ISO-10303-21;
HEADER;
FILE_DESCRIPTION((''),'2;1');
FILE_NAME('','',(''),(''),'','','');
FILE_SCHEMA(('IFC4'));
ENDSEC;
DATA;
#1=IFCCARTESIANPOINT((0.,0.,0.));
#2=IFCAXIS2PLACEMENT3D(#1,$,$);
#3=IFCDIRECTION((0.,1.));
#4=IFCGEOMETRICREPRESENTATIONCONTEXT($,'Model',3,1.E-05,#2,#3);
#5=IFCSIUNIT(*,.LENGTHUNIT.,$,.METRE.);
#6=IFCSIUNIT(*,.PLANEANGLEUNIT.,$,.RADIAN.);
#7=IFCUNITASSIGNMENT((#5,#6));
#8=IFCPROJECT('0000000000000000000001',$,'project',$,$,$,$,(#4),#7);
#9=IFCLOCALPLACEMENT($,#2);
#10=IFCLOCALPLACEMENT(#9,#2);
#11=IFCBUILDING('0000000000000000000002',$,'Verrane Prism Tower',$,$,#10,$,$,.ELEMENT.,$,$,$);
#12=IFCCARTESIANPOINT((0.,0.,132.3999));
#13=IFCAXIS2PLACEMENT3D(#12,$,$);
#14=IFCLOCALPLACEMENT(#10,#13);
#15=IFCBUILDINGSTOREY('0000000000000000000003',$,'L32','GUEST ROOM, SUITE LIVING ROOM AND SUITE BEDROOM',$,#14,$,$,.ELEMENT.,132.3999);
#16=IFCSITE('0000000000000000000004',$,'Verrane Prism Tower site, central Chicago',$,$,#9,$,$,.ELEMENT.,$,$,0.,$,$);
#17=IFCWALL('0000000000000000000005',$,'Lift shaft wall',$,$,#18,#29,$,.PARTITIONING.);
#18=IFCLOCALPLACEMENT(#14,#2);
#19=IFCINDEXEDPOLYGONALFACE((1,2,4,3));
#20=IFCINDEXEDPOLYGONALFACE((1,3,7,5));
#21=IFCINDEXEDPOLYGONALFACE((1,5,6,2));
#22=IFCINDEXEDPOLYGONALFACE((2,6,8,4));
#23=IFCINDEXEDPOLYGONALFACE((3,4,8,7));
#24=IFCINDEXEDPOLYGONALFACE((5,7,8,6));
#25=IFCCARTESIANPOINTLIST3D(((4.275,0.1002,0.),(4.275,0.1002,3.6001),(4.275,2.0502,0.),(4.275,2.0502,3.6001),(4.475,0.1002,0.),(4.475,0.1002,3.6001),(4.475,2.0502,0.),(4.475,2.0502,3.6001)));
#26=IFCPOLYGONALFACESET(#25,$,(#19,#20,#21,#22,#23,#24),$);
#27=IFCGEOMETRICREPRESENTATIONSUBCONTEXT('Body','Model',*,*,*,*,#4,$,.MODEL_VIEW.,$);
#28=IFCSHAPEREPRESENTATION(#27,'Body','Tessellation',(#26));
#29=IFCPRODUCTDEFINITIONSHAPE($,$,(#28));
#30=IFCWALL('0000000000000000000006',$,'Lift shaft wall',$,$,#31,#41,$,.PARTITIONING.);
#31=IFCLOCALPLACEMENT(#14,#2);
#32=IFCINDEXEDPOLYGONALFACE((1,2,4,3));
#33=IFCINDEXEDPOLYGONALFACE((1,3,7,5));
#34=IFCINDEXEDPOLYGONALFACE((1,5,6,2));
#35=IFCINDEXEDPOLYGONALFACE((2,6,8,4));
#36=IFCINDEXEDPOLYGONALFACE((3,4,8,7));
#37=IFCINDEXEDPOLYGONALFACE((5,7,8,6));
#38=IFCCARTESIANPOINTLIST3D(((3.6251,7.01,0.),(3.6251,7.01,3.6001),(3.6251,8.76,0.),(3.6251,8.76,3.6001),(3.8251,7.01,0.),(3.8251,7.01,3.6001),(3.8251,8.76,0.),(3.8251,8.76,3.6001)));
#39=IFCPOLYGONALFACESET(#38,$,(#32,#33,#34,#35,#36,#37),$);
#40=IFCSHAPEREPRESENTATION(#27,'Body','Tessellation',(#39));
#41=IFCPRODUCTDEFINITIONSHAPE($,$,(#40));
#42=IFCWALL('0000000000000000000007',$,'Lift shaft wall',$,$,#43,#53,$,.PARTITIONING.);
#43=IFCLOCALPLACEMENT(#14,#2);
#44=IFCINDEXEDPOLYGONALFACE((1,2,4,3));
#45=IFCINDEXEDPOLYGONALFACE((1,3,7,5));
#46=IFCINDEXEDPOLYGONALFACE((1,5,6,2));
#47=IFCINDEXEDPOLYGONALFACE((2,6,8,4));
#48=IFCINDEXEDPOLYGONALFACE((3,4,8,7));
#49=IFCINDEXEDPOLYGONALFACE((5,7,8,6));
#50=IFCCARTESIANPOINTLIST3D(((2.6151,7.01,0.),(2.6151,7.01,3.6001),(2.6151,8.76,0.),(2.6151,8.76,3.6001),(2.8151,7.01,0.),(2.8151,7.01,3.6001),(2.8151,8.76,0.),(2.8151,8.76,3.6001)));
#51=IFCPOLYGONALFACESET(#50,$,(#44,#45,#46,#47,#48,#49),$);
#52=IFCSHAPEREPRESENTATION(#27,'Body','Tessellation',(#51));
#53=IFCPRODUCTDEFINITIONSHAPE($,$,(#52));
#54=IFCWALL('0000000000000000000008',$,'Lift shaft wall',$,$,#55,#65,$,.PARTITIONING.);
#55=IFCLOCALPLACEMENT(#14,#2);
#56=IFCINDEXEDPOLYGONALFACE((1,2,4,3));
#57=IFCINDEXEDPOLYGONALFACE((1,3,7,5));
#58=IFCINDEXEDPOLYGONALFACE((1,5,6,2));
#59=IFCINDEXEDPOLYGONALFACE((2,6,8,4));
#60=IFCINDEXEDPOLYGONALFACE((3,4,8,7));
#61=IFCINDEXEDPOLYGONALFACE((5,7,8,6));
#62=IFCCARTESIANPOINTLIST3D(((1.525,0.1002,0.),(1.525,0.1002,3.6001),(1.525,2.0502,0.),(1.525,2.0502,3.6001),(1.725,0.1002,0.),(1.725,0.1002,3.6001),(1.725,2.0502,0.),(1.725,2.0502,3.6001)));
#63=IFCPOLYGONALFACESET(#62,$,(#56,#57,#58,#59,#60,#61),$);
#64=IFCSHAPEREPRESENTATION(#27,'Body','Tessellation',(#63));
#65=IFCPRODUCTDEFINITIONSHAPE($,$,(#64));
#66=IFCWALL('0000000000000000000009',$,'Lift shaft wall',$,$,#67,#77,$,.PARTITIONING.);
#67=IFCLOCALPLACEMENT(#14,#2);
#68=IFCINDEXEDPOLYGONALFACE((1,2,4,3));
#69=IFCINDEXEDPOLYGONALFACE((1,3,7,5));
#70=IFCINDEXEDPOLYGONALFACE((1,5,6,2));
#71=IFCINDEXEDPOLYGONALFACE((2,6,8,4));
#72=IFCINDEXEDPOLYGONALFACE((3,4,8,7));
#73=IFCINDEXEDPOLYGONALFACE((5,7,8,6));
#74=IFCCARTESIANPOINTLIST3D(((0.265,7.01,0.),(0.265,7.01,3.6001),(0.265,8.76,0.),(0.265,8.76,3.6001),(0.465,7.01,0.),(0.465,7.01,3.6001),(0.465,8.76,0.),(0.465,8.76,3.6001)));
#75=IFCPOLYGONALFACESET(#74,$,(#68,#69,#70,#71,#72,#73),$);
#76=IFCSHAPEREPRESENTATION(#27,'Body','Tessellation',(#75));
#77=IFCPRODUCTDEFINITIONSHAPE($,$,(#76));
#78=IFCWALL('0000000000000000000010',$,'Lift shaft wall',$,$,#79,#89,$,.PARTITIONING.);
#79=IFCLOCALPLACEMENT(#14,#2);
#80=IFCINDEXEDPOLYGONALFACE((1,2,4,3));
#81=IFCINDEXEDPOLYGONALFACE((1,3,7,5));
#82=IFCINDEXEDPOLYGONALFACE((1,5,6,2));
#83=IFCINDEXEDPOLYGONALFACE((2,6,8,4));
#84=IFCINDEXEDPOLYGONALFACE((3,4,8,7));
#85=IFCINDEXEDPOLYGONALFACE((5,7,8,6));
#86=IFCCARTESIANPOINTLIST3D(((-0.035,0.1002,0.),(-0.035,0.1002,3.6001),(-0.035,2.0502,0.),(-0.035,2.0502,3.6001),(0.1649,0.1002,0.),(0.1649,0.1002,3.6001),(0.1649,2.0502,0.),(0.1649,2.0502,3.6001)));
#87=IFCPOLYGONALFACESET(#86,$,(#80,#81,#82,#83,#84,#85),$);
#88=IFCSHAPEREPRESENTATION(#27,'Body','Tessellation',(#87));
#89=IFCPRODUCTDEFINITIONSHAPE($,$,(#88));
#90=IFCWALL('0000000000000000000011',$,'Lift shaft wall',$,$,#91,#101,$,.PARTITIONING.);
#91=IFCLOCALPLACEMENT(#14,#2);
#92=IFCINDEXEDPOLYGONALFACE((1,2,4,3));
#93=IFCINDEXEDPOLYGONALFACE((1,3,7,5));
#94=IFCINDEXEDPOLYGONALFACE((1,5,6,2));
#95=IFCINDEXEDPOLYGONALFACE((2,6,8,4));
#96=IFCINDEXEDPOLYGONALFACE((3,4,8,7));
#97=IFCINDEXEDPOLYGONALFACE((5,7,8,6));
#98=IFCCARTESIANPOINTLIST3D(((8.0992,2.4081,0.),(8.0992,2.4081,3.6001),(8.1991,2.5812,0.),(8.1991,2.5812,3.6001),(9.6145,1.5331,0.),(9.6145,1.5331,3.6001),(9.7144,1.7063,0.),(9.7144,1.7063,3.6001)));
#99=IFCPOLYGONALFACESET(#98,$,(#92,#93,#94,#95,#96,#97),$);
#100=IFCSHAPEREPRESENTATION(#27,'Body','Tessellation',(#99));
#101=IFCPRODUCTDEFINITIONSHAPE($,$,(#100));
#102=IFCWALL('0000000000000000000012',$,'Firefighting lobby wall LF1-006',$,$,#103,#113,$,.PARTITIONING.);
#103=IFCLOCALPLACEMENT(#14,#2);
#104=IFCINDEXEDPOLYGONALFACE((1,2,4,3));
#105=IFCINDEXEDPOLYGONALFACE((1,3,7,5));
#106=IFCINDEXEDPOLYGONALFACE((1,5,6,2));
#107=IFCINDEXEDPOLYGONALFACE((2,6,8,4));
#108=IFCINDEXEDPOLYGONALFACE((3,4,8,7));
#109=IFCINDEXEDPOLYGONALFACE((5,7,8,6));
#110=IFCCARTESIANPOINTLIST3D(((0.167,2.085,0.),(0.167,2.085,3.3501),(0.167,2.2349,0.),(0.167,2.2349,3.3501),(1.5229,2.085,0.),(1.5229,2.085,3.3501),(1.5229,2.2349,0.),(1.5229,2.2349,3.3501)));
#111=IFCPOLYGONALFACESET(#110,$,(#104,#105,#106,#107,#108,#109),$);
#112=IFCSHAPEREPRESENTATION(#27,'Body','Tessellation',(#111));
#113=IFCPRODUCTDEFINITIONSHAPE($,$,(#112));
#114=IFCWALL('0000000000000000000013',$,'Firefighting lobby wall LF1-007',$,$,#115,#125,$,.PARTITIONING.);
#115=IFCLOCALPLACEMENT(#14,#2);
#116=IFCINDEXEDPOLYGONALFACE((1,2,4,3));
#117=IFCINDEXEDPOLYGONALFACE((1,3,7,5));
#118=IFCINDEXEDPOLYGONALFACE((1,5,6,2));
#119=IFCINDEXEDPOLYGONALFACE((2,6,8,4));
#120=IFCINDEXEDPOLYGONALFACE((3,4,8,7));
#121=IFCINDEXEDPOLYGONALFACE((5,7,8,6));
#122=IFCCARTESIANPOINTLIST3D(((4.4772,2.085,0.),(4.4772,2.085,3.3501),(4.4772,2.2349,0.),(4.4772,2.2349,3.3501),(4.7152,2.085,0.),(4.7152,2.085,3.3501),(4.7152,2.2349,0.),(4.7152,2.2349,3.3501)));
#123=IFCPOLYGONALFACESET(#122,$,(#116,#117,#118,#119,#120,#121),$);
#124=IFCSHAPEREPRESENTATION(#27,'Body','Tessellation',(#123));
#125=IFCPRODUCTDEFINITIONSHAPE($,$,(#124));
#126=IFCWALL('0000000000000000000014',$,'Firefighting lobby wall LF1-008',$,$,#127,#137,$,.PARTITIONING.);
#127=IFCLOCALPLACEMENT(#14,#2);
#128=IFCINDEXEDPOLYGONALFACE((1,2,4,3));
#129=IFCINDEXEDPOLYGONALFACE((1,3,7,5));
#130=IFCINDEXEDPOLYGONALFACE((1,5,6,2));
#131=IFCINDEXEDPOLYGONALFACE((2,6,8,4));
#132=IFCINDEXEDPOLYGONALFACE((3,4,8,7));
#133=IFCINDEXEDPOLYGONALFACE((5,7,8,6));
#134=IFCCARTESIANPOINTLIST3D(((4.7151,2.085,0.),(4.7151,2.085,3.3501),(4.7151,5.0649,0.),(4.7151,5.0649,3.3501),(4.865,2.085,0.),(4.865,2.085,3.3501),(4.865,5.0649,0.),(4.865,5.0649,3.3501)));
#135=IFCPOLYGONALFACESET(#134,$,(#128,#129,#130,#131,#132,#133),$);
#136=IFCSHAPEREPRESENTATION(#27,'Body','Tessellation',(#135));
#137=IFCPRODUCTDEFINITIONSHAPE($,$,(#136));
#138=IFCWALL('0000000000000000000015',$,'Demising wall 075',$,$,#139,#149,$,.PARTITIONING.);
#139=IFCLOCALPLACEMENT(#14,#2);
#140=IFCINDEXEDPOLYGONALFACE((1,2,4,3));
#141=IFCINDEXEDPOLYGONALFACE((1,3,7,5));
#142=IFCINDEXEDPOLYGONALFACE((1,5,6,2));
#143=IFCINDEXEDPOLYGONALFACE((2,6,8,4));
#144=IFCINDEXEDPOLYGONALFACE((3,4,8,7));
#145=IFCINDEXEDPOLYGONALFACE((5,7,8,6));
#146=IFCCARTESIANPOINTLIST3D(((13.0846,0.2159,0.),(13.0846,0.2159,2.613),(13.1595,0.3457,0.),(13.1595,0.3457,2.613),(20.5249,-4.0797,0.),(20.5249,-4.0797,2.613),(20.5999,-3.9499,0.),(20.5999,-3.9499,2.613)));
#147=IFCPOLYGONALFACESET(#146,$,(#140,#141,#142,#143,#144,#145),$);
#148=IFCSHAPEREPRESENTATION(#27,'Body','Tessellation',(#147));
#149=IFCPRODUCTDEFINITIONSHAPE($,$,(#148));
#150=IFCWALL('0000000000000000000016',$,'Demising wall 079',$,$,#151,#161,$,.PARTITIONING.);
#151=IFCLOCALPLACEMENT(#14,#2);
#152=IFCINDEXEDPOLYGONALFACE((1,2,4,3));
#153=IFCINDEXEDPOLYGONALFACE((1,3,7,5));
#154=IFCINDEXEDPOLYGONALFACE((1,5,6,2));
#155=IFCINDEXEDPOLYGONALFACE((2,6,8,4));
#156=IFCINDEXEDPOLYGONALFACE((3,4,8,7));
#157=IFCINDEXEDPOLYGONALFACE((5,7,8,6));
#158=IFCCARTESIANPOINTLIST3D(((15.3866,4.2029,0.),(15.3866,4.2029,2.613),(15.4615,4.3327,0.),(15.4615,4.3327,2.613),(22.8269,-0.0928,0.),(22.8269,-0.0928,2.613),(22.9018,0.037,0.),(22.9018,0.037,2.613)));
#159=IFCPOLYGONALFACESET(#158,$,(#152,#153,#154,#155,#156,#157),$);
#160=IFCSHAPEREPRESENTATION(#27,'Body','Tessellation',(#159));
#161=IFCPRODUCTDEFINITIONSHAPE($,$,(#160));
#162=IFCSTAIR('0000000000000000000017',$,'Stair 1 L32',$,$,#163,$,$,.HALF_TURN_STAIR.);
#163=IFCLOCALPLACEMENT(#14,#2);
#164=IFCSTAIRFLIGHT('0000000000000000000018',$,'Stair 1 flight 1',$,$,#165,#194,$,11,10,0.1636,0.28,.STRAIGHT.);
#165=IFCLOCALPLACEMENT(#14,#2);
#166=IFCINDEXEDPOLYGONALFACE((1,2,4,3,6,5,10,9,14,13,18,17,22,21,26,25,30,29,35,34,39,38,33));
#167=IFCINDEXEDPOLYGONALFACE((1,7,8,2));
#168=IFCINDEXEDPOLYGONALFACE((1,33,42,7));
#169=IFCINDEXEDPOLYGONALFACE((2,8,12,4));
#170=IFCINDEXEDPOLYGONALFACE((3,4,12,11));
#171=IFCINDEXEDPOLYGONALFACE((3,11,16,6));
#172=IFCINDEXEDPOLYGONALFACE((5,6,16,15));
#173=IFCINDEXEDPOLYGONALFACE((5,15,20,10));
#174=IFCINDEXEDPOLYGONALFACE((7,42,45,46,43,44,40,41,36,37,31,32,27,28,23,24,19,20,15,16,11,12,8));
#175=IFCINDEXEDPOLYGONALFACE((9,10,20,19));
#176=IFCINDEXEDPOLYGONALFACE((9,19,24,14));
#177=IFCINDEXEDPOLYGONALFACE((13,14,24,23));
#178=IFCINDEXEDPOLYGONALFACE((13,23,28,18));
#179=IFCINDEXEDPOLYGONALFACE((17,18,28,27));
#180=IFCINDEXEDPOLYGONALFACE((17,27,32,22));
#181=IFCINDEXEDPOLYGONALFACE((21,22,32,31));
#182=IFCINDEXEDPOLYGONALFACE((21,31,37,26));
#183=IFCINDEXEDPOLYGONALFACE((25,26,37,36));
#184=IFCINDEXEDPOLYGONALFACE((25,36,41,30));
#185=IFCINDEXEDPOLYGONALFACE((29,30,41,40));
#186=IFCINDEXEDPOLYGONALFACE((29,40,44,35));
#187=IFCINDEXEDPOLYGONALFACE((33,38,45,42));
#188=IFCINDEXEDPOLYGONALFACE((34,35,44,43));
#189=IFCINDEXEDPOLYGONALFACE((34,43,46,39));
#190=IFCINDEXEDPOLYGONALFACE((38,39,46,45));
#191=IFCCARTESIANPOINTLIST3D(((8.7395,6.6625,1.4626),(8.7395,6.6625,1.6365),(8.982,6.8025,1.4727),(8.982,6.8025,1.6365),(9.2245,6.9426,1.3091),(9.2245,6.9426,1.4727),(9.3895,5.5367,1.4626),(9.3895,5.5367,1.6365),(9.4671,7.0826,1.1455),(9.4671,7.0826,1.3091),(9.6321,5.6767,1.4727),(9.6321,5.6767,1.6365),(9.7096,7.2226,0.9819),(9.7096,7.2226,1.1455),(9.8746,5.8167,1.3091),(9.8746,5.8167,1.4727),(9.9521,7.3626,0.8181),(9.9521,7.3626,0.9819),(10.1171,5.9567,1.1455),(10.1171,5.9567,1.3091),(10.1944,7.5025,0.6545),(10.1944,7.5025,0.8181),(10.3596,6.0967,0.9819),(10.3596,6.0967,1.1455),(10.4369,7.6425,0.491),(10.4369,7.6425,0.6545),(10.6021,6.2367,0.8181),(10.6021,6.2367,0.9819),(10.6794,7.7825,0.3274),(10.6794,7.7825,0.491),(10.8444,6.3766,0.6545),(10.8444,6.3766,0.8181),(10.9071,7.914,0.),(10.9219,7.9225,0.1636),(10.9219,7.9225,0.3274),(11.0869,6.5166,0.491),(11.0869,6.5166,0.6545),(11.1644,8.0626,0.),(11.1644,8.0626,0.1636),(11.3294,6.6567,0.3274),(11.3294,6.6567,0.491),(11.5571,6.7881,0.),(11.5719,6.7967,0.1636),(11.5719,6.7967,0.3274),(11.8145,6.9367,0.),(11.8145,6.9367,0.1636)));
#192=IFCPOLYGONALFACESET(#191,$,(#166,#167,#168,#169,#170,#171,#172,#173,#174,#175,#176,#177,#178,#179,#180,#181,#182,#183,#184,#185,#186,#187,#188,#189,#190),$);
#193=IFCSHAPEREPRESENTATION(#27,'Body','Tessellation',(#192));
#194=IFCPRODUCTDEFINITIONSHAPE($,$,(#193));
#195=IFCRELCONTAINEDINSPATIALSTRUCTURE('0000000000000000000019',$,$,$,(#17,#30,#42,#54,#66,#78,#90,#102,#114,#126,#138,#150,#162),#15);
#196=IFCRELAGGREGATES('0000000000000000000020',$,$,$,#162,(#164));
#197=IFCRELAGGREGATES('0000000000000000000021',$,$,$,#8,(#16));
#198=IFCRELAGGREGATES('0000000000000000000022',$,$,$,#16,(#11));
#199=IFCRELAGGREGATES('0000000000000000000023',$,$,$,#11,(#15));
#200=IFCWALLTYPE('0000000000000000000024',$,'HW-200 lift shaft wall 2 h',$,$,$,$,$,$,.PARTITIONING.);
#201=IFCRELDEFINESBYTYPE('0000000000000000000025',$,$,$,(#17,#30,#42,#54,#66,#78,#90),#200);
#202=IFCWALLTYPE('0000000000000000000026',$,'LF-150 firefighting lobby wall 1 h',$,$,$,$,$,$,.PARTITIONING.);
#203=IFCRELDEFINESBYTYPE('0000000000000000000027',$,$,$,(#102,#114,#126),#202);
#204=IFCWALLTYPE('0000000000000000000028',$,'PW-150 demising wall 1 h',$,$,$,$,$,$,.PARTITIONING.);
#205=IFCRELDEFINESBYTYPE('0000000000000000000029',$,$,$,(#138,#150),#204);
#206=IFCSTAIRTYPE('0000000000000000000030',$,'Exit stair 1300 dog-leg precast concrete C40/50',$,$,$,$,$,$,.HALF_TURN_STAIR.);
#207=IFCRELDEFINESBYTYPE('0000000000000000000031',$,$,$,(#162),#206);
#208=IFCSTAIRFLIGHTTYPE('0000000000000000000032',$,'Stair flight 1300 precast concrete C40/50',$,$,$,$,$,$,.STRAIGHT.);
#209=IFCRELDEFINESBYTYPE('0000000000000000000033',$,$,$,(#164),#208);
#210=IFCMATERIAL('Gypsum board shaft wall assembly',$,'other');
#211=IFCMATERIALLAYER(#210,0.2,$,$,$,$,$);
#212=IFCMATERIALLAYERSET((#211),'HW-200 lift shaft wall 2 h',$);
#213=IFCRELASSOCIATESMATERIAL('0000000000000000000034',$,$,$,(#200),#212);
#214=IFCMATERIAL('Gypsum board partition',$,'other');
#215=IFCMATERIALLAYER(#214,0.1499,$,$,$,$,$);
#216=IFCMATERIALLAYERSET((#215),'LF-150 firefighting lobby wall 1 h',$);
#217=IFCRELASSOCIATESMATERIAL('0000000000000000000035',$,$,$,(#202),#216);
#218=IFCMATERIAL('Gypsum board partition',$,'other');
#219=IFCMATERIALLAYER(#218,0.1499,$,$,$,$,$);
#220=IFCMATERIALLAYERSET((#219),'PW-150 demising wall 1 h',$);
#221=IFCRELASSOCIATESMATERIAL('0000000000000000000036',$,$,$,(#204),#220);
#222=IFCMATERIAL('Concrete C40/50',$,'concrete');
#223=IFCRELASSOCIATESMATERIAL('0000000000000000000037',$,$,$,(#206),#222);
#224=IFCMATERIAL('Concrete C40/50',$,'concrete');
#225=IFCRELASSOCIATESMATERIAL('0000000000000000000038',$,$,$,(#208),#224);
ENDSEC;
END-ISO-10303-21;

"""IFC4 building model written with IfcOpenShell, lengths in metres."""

from ifc_helpers import new_model, si_unit, direction, frame, frame_2d, origin, place, context, subcontext, project, spatial, polyline, rectangle, outline, extrude, material, layer, layer_set, type_object, element, aggregate, save


model = new_model("IFC4")

# Units and contexts
model_context = context("Model", 3, precision=1e-05, world=origin(), true_north=direction((0.0, 1.0)))
body_context = subcontext(model_context, "Body", "Model", "MODEL_VIEW")
ifc_project = project(units=[si_unit("LENGTHUNIT", "METRE"), si_unit("PLANEANGLEUNIT", "RADIAN")], contexts=[model_context])

# Site, building, storey
site_placement = place(None, origin())
site = spatial("IfcSite", under=ifc_project, at=site_placement, Name="Verrane Prism Tower site, central Chicago", CompositionType="ELEMENT", RefElevation=0.0)
building_placement = place(site_placement, origin())
building = spatial("IfcBuilding", under=site, at=building_placement, Name="Verrane Prism Tower", CompositionType="ELEMENT")
storey_placement = place(building_placement, frame((0.0, 0.0, 132.3999)))
storey = spatial("IfcBuildingStorey", under=building, at=storey_placement, Name="L32", Description="GUEST ROOM, SUITE LIVING ROOM AND SUITE BEDROOM", CompositionType="ELEMENT", Elevation=132.3999)

# Shared definitions
ifc_material_1 = material(Name="Gypsum board shaft wall assembly", Category="other")
ifc_layer_1 = layer(ifc_material_1, 0.2)
ifc_layer_set_1 = layer_set([ifc_layer_1], Name="HW-200 lift shaft wall 2 h")
wall_type_1 = type_object("IfcWallType", Name="HW-200 lift shaft wall 2 h", PredefinedType="PARTITIONING", material=ifc_layer_set_1)

# Walls
wall_1_placement = place(storey_placement, frame((4.375, 0.1001, 0.0), z_axis=(0.0, 0.0, 1.0), x_axis=(0.0, 1.0, 0.0)))
element("IfcWall", 1, at=wall_1_placement, inside=storey, type_object=wall_type_1, Name="Lift shaft wall", PredefinedType="PARTITIONING", context=body_context, shape_type="SweptSolid", body=[
    extrude(rectangle(XDim=1.95, YDim=0.2, at=frame_2d((0.9751, 0.0))), origin(), (0.0, 0.0, 1.0), 3.6001),
])
for number, where, z_axis, x_axis, name in (
    (2, (3.7251, 7.01, 0.0), (0.0, 0.0, 1.0), (0.0, 1.0, 0.0), "Lift shaft wall"),
    (3, (2.7151, 7.01, 0.0), (0.0, 0.0, 1.0), (0.0, 1.0, 0.0), "Lift shaft wall"),
):
    element("IfcWall", number, at=place(storey_placement, frame(where, z_axis=z_axis, x_axis=x_axis)), inside=storey, type_object=wall_type_1, Name=name, PredefinedType="PARTITIONING", context=body_context, shape_type="SweptSolid", body=[
        extrude(rectangle(XDim=1.75, YDim=0.2, at=frame_2d((0.875, 0.0))), origin(), (0.0, 0.0, 1.0), 3.6001),
    ])
wall_2_placement = place(storey_placement, frame((1.625, 0.1001, 0.0), z_axis=(0.0, 0.0, 1.0), x_axis=(0.0, 1.0, 0.0)))
element("IfcWall", 4, at=wall_2_placement, inside=storey, type_object=wall_type_1, Name="Lift shaft wall", PredefinedType="PARTITIONING", context=body_context, shape_type="SweptSolid", body=[
    extrude(rectangle(XDim=1.95, YDim=0.2, at=frame_2d((0.9751, 0.0))), origin(), (0.0, 0.0, 1.0), 3.6001),
])
wall_3_placement = place(storey_placement, frame((0.365, 7.01, 0.0), z_axis=(0.0, 0.0, 1.0), x_axis=(0.0, 1.0, 0.0)))
element("IfcWall", 5, at=wall_3_placement, inside=storey, type_object=wall_type_1, Name="Lift shaft wall", PredefinedType="PARTITIONING", context=body_context, shape_type="SweptSolid", body=[
    extrude(rectangle(XDim=1.75, YDim=0.2, at=frame_2d((0.875, 0.0))), origin(), (0.0, 0.0, 1.0), 3.6001),
])
wall_4_placement = place(storey_placement, frame((0.0649, 0.1001, 0.0), z_axis=(0.0, 0.0, 1.0), x_axis=(0.0, 1.0, 0.0)))
element("IfcWall", 6, at=wall_4_placement, inside=storey, type_object=wall_type_1, Name="Lift shaft wall", PredefinedType="PARTITIONING", context=body_context, shape_type="SweptSolid", body=[
    extrude(rectangle(XDim=1.95, YDim=0.2, at=frame_2d((0.9751, 0.0))), origin(), (0.0, 0.0, 1.0), 3.6001),
])
wall_5_placement = place(storey_placement, frame((9.6646, 1.6196, 0.0), z_axis=(0.0, 0.0, 1.0), x_axis=(-0.866002, 0.50004, 0.0)))
element("IfcWall", 7, at=wall_5_placement, inside=storey, type_object=wall_type_1, Name="Lift shaft wall", PredefinedType="PARTITIONING", context=body_context, shape_type="SweptSolid", body=[
    extrude(rectangle(XDim=1.7498, YDim=0.2, at=frame_2d((0.875, 0.0))), origin(), (0.0, 0.0, 1.0), 3.6001),
])
ifc_material_2 = material(Name="Gypsum board partition", Category="other")
ifc_layer_2 = layer(ifc_material_2, 0.1499)
ifc_layer_set_2 = layer_set([ifc_layer_2], Name="LF-150 firefighting lobby wall 1 h")
wall_type_2 = type_object("IfcWallType", Name="LF-150 firefighting lobby wall 1 h", PredefinedType="PARTITIONING", material=ifc_layer_set_2)
wall_6_placement = place(storey_placement, frame((0.167, 2.1599, 0.0), z_axis=(0.0, 0.0, 1.0), x_axis=(1.0, 0.0, 0.0)))
element("IfcWall", 8, at=wall_6_placement, inside=storey, type_object=wall_type_2, Name="Firefighting lobby wall LF1-006", PredefinedType="PARTITIONING", context=body_context, shape_type="SweptSolid", body=[
    extrude(rectangle(XDim=1.356, YDim=0.1499, at=frame_2d((0.678, 0.0))), origin(), (0.0, 0.0, 1.0), 3.3501),
])
wall_7_placement = place(storey_placement, frame((4.4771, 2.1599, 0.0), z_axis=(0.0, 0.0, 1.0), x_axis=(1.0, 0.0, 0.0)))
element("IfcWall", 9, at=wall_7_placement, inside=storey, type_object=wall_type_2, Name="Firefighting lobby wall LF1-007", PredefinedType="PARTITIONING", context=body_context, shape_type="SweptSolid", body=[
    extrude(rectangle(XDim=0.238, YDim=0.1499, at=frame_2d((0.1191, 0.0))), origin(), (0.0, 0.0, 1.0), 3.3501),
])
wall_8_placement = place(storey_placement, frame((4.79, 2.085, 0.0), z_axis=(0.0, 0.0, 1.0), x_axis=(0.0, 1.0, 0.0)))
element("IfcWall", 10, at=wall_8_placement, inside=storey, type_object=wall_type_2, Name="Firefighting lobby wall LF1-008", PredefinedType="PARTITIONING", context=body_context, shape_type="SweptSolid", body=[
    extrude(rectangle(XDim=2.98, YDim=0.1499, at=frame_2d((1.49, 0.0))), origin(), (0.0, 0.0, 1.0), 3.3501),
])
ifc_material_3 = material(Name="Gypsum board partition", Category="other")
ifc_layer_3 = layer(ifc_material_3, 0.1499)
ifc_layer_set_3 = layer_set([ifc_layer_3], Name="PW-150 demising wall 1 h")
wall_type_3 = type_object("IfcWallType", Name="PW-150 demising wall 1 h", PredefinedType="PARTITIONING", material=ifc_layer_set_3)
for number, where, z_axis, x_axis, name in (
    (11, (13.1221, 0.2808, 0.0), (0.0, 0.0, 1.0), (0.866029, -0.499993, 0.0), "Demising wall 075"),
    (12, (15.4241, 4.2678, 0.0), (0.0, 0.0, 1.0), (0.866022, -0.500005, 0.0), "Demising wall 079"),
):
    element("IfcWall", number, at=place(storey_placement, frame(where, z_axis=z_axis, x_axis=x_axis)), inside=storey, type_object=wall_type_3, Name=name, PredefinedType="PARTITIONING", context=body_context, shape_type="SweptSolid", body=[
        extrude(rectangle(XDim=8.5913, YDim=0.1499, at=frame_2d((4.2957, 0.0))), origin(), (0.0, 0.0, 1.0), 2.613),
    ])

# Stair, stair flight
ifc_material_4 = material(Name="Concrete C40/50", Category="concrete")
stair_type = type_object("IfcStairType", Name="Exit stair 1300 dog-leg precast concrete C40/50", PredefinedType="HALF_TURN_STAIR", material=ifc_material_4)
stair_placement = place(storey_placement, origin())
stair = element("IfcStair", 13, at=stair_placement, inside=storey, type_object=stair_type, Name="Stair 1 L32", PredefinedType="HALF_TURN_STAIR")
ifc_material_5 = material(Name="Concrete C40/50", Category="concrete")
stair_flight_type = type_object("IfcStairFlightType", Name="Stair flight 1300 precast concrete C40/50", PredefinedType="STRAIGHT", material=ifc_material_5)
stair_flight_1_placement = place(storey_placement, frame((11.4895, 7.4995, 0.0), z_axis=(0.0, 0.0, 1.0), x_axis=(-0.866025, -0.5, 0.0)))
stair_flight_1 = element("IfcStairFlight", 14, at=stair_flight_1_placement, type_object=stair_flight_type, Name="Stair 1 flight 1", NumberOfRisers=11, NumberOfTreads=10, PredefinedType="STRAIGHT", RiserHeight=0.1636, TreadLength=0.28, context=body_context, shape_type="SweptSolid", body=[
    extrude(outline(polyline([(0.0, 0.0), (0.0, 0.1636), (0.28, 0.1636), (0.28, 0.3274), (0.5601, 0.3274), (0.5601, 0.491), (0.8401, 0.491), (0.8401, 0.6545), (1.1201, 0.6545), (1.1201, 0.8181), (1.3999, 0.8181), (1.3999, 0.9819), (1.6799, 0.9819), (1.6799, 1.1455), (1.96, 1.1455), (1.96, 1.3091), (2.24, 1.3091), (2.24, 1.4727), (2.52, 1.4727), (2.52, 1.6365), (2.8, 1.6365), (2.8, 1.8), (2.8, 1.4626), (0.2971, 0.0), (0.0, 0.0)])), frame((0.0, 0.6499, 0.0), z_axis=(0.0, -1.0, 0.0), x_axis=(1.0, 0.0, 0.0)), (0.0, 0.0, 1.0), 1.3),
])
aggregate(stair, [stair_flight_1])

save(model, "model.ifc")
